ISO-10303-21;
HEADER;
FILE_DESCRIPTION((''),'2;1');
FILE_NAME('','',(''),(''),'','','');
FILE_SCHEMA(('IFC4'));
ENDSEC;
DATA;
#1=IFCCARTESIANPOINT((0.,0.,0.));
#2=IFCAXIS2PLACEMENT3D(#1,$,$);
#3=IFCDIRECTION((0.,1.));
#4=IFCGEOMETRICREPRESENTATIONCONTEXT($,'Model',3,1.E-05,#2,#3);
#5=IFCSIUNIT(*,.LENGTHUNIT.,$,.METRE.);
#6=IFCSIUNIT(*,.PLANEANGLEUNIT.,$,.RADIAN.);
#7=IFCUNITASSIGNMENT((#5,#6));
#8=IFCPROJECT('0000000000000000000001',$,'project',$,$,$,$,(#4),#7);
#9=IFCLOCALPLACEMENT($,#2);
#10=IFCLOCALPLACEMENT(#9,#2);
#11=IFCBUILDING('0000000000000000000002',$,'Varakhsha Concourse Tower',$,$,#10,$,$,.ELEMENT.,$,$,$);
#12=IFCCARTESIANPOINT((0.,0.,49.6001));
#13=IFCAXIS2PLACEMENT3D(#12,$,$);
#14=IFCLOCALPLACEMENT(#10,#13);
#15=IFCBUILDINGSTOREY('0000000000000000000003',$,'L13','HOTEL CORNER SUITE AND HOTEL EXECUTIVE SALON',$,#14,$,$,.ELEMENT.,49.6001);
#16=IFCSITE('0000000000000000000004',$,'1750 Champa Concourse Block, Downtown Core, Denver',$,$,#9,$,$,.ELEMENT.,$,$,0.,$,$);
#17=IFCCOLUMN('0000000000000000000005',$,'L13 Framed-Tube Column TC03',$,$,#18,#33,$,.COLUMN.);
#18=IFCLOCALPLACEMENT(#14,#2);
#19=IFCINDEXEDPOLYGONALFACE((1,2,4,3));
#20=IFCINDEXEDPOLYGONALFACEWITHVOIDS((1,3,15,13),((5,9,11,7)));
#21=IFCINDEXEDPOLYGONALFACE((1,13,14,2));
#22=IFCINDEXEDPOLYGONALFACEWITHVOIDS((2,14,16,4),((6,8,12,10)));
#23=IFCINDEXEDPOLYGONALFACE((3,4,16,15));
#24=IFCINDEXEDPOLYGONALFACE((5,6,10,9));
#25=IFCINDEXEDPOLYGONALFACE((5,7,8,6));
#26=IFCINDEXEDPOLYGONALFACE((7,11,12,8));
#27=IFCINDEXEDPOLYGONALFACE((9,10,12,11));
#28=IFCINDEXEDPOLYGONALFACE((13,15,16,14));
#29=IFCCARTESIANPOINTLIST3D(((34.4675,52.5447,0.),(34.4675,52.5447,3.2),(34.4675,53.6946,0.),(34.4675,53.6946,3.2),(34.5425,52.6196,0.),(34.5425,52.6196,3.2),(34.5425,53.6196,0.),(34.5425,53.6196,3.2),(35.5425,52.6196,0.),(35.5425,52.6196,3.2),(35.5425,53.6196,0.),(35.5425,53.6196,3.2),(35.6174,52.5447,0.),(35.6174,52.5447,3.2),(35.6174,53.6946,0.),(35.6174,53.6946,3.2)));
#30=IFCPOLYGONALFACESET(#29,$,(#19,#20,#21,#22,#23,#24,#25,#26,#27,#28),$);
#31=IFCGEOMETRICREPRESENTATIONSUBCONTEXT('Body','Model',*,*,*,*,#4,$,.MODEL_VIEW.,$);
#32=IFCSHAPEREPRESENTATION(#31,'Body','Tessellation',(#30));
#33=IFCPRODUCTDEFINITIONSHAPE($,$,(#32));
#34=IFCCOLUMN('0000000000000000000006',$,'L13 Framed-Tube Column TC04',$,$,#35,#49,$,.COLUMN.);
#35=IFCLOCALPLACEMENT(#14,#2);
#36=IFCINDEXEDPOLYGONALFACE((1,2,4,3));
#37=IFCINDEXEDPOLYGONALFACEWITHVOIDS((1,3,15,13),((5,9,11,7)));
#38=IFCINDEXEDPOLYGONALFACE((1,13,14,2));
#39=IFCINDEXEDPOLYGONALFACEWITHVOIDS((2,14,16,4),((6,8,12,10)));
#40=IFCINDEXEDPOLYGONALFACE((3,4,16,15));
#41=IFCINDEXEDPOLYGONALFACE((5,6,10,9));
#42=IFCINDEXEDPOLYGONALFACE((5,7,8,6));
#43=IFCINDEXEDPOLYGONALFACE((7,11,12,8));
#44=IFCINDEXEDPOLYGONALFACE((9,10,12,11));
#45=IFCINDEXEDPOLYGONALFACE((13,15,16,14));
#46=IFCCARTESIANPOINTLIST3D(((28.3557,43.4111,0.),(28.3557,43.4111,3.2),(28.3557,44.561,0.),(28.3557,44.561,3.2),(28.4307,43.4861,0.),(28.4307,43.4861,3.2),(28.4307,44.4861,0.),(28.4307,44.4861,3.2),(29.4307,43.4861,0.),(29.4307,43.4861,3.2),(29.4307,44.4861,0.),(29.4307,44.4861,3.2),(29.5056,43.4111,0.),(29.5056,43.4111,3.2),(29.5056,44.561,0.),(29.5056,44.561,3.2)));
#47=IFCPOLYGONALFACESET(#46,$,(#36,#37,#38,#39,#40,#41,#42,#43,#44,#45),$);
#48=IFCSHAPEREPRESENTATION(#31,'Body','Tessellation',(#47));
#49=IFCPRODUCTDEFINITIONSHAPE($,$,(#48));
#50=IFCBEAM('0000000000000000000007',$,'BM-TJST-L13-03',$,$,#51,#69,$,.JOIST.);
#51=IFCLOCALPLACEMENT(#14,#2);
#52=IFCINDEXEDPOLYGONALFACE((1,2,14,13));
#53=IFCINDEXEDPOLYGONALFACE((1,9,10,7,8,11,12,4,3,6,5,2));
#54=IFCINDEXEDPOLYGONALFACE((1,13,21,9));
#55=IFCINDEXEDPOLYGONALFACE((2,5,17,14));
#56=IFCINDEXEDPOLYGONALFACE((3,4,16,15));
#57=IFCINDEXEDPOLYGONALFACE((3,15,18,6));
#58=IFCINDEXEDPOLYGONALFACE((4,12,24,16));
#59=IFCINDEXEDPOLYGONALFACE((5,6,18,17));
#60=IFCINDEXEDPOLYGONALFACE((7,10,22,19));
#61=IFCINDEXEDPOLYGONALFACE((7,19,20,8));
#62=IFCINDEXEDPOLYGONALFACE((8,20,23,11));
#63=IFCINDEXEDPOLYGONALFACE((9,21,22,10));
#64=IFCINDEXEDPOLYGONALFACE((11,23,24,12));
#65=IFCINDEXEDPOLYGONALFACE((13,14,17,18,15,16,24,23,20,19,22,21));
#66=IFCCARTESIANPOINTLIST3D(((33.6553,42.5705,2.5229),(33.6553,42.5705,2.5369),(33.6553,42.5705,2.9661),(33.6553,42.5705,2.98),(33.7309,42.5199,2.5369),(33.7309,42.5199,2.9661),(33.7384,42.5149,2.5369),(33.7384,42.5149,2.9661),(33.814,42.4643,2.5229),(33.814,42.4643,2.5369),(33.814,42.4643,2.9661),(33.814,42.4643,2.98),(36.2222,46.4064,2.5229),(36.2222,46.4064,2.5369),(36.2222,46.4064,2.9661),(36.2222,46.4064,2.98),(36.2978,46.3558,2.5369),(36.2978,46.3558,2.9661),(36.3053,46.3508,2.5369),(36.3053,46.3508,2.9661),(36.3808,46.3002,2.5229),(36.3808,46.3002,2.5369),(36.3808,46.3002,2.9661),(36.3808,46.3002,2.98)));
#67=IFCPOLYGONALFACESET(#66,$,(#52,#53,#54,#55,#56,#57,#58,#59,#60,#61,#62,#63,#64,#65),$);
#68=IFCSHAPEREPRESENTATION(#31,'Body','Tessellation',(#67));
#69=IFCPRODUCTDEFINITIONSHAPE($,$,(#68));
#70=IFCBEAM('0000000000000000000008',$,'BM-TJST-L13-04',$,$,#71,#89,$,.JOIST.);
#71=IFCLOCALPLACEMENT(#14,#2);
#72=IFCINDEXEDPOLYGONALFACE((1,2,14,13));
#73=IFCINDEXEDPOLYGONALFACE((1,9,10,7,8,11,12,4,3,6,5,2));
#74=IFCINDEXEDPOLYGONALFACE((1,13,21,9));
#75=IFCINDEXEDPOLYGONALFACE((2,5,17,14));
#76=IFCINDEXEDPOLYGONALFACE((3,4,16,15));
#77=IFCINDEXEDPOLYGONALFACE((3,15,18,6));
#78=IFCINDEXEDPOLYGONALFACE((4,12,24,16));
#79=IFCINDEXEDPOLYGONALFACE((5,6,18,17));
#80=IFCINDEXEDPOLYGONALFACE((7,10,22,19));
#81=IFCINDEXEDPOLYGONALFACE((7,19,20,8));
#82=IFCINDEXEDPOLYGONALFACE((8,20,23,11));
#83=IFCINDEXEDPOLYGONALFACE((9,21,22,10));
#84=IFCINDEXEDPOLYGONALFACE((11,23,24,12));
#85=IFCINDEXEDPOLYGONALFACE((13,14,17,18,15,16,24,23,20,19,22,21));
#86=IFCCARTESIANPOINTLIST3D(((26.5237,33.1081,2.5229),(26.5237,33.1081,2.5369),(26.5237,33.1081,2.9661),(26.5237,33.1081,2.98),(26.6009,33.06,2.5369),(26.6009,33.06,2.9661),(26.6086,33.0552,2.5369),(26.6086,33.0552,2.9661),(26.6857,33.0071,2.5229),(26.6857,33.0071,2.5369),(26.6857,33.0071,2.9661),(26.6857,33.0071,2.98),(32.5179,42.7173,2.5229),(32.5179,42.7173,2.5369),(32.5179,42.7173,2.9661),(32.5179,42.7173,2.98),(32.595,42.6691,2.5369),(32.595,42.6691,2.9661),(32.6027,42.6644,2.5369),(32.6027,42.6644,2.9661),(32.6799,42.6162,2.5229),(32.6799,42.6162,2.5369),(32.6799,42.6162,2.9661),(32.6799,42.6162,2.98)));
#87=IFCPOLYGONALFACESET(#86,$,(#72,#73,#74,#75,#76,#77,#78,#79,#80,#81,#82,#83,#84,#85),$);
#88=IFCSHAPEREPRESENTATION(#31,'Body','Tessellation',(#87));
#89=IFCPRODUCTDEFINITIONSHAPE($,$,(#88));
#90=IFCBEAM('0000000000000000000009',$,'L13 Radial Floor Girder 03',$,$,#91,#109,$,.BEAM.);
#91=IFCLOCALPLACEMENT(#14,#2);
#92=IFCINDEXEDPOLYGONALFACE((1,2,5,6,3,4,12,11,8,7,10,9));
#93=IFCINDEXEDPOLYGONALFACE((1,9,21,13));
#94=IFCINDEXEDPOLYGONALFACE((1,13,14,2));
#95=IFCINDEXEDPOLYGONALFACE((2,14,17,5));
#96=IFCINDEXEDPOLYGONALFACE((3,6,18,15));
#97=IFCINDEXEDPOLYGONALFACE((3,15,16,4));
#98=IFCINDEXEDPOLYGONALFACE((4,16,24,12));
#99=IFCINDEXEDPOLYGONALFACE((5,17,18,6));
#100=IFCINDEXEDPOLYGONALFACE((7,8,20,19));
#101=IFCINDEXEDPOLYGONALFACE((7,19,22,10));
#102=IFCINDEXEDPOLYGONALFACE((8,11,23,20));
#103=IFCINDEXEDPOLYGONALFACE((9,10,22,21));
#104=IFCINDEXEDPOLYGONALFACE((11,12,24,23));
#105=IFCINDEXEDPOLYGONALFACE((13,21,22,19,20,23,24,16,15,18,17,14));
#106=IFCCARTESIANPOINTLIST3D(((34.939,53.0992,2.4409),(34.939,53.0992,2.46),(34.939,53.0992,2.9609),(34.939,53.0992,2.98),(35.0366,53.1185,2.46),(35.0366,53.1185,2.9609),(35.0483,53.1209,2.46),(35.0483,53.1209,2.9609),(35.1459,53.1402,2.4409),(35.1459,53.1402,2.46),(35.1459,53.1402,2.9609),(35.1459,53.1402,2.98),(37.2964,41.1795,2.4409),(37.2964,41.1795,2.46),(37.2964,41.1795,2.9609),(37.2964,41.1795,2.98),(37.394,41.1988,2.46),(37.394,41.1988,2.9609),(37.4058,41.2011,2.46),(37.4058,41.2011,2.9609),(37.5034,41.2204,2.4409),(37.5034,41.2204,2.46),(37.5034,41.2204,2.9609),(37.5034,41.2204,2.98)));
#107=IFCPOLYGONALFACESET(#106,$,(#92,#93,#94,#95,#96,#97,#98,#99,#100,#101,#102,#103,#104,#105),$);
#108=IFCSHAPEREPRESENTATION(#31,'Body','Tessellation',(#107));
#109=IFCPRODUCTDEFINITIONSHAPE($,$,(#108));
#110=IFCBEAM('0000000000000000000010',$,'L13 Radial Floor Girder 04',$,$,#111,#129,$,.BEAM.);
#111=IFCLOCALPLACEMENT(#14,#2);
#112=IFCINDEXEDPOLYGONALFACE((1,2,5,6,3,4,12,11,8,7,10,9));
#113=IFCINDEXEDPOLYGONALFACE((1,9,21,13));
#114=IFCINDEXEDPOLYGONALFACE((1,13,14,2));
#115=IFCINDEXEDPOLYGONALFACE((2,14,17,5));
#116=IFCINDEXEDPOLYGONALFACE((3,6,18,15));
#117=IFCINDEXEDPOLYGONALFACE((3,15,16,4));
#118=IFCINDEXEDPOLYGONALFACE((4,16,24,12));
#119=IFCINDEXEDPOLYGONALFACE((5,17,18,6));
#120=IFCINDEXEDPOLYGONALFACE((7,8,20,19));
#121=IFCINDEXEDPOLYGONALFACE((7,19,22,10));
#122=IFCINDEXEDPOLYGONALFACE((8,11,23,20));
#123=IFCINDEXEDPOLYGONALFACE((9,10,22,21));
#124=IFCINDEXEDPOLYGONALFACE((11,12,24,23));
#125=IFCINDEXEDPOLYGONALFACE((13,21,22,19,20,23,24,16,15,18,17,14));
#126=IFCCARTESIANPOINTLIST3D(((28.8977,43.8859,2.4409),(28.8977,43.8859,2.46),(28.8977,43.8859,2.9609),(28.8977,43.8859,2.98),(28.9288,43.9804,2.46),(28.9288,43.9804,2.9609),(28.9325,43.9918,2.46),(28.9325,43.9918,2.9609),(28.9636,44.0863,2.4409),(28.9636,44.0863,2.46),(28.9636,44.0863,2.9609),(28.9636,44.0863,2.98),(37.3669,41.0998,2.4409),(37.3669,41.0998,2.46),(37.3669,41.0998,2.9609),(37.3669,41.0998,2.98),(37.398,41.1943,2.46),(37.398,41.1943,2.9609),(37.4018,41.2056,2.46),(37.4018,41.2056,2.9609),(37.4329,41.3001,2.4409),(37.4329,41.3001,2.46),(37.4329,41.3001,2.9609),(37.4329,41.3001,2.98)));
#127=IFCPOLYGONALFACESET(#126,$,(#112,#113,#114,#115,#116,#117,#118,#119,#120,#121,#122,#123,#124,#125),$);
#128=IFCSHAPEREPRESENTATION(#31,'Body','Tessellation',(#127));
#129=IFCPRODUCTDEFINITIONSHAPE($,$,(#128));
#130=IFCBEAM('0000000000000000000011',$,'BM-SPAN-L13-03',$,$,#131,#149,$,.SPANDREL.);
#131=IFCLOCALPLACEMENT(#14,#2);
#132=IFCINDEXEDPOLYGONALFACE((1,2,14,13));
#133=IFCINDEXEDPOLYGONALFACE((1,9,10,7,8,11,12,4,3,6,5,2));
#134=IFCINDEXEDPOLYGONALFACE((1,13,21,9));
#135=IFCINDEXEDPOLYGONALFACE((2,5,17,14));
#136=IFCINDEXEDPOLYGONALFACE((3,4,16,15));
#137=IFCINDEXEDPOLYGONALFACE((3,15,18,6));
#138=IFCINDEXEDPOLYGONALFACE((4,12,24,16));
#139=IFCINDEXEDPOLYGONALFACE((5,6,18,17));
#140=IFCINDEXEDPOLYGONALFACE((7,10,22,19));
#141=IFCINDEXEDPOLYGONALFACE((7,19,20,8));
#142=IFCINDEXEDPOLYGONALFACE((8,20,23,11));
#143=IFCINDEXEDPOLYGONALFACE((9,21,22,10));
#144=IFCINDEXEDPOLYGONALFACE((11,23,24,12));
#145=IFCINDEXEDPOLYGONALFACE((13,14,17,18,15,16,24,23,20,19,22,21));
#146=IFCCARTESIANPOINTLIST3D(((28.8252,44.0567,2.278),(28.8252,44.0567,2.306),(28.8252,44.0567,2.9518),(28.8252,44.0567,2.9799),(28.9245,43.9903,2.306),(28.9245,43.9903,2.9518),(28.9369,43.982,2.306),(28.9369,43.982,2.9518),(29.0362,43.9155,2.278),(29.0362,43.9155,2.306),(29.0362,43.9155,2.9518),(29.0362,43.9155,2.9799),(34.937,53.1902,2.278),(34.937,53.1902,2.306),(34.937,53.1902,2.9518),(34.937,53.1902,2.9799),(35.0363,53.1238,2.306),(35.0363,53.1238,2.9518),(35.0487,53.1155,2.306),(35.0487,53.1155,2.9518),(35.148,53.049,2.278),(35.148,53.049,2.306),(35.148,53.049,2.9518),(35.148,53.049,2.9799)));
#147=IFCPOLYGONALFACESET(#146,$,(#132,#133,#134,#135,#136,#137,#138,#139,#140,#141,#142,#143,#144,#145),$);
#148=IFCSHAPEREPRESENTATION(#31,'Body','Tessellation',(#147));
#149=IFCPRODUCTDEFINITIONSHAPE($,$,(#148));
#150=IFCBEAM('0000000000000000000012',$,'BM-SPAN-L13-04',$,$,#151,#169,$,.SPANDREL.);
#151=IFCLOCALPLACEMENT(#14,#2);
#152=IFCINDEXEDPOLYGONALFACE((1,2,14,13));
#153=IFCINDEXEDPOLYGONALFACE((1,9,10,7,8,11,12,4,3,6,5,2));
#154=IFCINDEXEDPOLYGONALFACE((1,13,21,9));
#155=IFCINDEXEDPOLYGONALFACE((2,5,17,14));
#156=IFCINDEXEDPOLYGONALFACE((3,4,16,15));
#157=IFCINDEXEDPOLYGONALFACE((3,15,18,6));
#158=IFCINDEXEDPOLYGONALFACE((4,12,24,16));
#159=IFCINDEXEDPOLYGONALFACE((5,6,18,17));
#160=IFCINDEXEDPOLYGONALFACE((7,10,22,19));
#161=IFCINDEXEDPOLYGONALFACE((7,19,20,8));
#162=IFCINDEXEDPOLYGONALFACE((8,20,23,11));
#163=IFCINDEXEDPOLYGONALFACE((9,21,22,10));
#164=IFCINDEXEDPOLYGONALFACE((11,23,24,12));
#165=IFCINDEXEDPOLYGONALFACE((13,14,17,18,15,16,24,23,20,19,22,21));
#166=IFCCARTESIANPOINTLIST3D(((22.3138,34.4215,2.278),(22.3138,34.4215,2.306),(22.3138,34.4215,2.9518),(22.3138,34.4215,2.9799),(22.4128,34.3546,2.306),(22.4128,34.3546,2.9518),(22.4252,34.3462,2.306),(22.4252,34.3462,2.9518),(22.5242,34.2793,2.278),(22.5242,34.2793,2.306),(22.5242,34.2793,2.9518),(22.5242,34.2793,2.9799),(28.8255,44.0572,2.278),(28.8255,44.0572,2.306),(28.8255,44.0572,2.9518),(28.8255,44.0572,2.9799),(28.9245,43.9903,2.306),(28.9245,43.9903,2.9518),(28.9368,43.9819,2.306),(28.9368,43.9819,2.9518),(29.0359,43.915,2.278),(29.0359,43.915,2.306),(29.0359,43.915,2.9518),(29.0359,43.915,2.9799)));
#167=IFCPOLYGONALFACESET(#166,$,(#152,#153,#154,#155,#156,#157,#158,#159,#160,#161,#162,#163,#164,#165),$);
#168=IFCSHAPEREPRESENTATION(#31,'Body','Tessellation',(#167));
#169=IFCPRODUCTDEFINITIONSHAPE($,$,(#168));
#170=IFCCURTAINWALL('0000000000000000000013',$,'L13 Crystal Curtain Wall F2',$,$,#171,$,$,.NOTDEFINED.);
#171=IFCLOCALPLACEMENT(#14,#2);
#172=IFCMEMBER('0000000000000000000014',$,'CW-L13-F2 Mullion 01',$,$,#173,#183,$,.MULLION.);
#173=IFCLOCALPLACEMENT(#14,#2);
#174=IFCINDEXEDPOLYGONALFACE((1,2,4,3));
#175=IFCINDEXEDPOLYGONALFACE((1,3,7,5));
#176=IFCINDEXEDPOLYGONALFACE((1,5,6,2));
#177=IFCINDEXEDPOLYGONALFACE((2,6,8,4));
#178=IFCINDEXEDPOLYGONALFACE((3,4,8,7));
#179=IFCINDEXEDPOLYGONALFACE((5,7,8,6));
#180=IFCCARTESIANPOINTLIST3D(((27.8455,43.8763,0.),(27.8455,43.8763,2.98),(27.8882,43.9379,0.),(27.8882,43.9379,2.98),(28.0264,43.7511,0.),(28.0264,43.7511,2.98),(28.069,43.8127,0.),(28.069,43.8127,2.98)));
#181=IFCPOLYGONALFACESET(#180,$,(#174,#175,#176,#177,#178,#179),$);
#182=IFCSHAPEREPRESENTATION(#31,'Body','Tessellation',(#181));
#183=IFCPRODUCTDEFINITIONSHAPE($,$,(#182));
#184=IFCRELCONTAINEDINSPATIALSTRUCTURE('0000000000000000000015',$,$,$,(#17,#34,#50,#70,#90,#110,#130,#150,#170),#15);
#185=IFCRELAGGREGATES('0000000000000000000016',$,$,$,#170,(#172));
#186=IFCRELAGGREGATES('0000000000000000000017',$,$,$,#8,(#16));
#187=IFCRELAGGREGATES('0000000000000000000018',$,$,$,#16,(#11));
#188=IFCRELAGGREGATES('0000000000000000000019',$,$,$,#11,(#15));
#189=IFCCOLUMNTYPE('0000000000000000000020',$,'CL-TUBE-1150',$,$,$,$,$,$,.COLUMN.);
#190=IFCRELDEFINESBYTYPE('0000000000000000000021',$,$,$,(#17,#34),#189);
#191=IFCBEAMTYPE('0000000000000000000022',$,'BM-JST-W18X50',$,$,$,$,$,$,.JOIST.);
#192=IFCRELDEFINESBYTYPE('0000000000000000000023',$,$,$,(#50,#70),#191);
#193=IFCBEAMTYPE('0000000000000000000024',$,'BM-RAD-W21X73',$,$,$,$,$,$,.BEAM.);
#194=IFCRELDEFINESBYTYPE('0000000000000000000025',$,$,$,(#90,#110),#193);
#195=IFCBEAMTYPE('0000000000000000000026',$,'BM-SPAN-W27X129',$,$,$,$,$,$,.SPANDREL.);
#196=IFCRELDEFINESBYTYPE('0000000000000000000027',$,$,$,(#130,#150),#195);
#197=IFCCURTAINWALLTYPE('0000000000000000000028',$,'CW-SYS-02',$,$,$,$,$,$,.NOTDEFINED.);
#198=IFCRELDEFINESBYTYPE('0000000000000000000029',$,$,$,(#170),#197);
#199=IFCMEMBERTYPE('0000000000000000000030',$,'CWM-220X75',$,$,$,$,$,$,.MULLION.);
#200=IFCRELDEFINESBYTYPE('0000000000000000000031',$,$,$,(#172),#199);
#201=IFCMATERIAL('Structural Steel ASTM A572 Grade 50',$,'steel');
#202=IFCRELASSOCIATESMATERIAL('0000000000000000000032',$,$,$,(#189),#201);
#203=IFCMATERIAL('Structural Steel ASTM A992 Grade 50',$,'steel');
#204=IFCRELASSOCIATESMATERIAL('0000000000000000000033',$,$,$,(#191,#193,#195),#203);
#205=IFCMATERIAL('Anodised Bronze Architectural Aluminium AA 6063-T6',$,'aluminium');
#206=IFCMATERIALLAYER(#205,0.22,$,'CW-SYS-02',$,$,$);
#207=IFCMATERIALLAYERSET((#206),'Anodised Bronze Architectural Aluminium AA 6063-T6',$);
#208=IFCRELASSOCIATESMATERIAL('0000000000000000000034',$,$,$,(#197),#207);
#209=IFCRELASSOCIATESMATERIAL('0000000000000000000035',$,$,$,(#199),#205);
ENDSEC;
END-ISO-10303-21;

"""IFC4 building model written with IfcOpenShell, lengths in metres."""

from ifc_helpers import new_model, si_unit, direction, frame, origin, origin_2d, place, context, subcontext, project, spatial, rectangle, hollow_rectangle, i_section, extrude, source, transform, mapped, material, layer, layer_set, material_profile, profile_set, type_object, type_shapes, element, aggregate, save


model = new_model("IFC4")

# Units and contexts
model_context = context("Model", 3, precision=1e-05, world=origin(), true_north=direction((0.0, 1.0)))
body_context = subcontext(model_context, "Body", "Model", "MODEL_VIEW")
ifc_project = project(units=[si_unit("LENGTHUNIT", "METRE"), si_unit("PLANEANGLEUNIT", "RADIAN")], contexts=[model_context])

# Site, building, storey
site_placement = place(None, origin())
site = spatial("IfcSite", under=ifc_project, at=site_placement, Name="1750 Champa Concourse Block, Downtown Core, Denver", CompositionType="ELEMENT", RefElevation=0.0)
building_placement = place(site_placement, origin())
building = spatial("IfcBuilding", under=site, at=building_placement, Name="Varakhsha Concourse Tower", CompositionType="ELEMENT")
storey_placement = place(building_placement, frame((0.0, 0.0, 49.6001)))
storey = spatial("IfcBuildingStorey", under=building, at=storey_placement, Name="L13", Description="HOTEL CORNER SUITE AND HOTEL EXECUTIVE SALON", CompositionType="ELEMENT", Elevation=49.6001)

# Columns
ifc_material_1 = material(Name="Structural Steel ASTM A572 Grade 50", Category="steel")
ifc_material_profile_1 = material_profile(ifc_material_1, hollow_rectangle(XDim=1.1499, YDim=1.1499, WallThickness=0.075, at=origin_2d()), Name="BOX 1150x1150x75")
ifc_profile_set_1 = profile_set([ifc_material_profile_1], Name="Structural Steel ASTM A572 Grade 50")
column_type = type_object("IfcColumnType", Name="CL-TUBE-1150", PredefinedType="COLUMN", material=ifc_profile_set_1)
for number, where, z_axis, x_axis, name in (
    (1, (35.0425, 53.1196, 0.0), (0.0, 0.0, 1.0), (1.0, 0.0, 0.0), "L13 Framed-Tube Column TC03"),
    (2, (28.9307, 43.9861, 0.0), (0.0, 0.0, 1.0), (1.0, 0.0, 0.0), "L13 Framed-Tube Column TC04"),
):
    element("IfcColumn", number, at=place(storey_placement, frame(where, z_axis=z_axis, x_axis=x_axis)), inside=storey, type_object=column_type, Name=name, PredefinedType="COLUMN", context=body_context, shape_type="SweptSolid", body=[
        extrude(hollow_rectangle(XDim=1.1499, YDim=1.1499, WallThickness=0.075, at=origin_2d()), origin(), (0.0, 0.0, 1.0), 3.2),
    ])

# Beams
ifc_material_2 = material(Name="Structural Steel ASTM A992 Grade 50", Category="steel")
ifc_material_profile_2 = material_profile(ifc_material_2, i_section(OverallWidth=0.1909, OverallDepth=0.457, WebThickness=0.009, FlangeThickness=0.0139, at=origin_2d()), Name="W18X50")
ifc_profile_set_2 = profile_set([ifc_material_profile_2], Name="Structural Steel ASTM A992 Grade 50")
beam_type_1 = type_object("IfcBeamType", Name="BM-JST-W18X50", PredefinedType="JOIST", material=ifc_profile_set_2)
beam_1_placement = place(storey_placement, frame((36.3015, 46.3533, 2.7515), z_axis=(-0.55614, -0.831089, 0.0), x_axis=(0.831089, -0.55614, 0.0)))
element("IfcBeam", 3, at=beam_1_placement, inside=storey, type_object=beam_type_1, Name="BM-TJST-L13-03", PredefinedType="JOIST", context=body_context, shape_type="SweptSolid", body=[
    extrude(i_section(OverallWidth=0.1909, OverallDepth=0.457, WebThickness=0.009, FlangeThickness=0.0139, at=origin_2d()), origin(), (0.0, 0.0, 1.0), 4.6155),
])
beam_2_placement = place(storey_placement, frame((32.5989, 42.6667, 2.7515), z_axis=(-0.529264, -0.848457, 0.0), x_axis=(0.848457, -0.529264, 0.0)))
element("IfcBeam", 4, at=beam_2_placement, inside=storey, type_object=beam_type_1, Name="BM-TJST-L13-04", PredefinedType="JOIST", context=body_context, shape_type="SweptSolid", body=[
    extrude(i_section(OverallWidth=0.1909, OverallDepth=0.457, WebThickness=0.009, FlangeThickness=0.0139, at=origin_2d()), origin(), (0.0, 0.0, 1.0), 11.3254),
])
ifc_material_profile_3 = material_profile(ifc_material_2, i_section(OverallWidth=0.2109, OverallDepth=0.5391, WebThickness=0.012, FlangeThickness=0.019, at=origin_2d()), Name="W21X73")
ifc_profile_set_3 = profile_set([ifc_material_profile_3], Name="Structural Steel ASTM A992 Grade 50")
beam_type_2 = type_object("IfcBeamType", Name="BM-RAD-W21X73", PredefinedType="BEAM", material=ifc_profile_set_3)
beam_3_placement = place(storey_placement, frame((37.3999, 41.2, 2.7104), z_axis=(-0.194018, 0.980998, 0.0), x_axis=(-0.980998, -0.194018, 0.0)))
element("IfcBeam", 5, at=beam_3_placement, inside=storey, type_object=beam_type_2, Name="L13 Radial Floor Girder 03", PredefinedType="BEAM", context=body_context, shape_type="SweptSolid", body=[
    extrude(i_section(OverallWidth=0.2109, OverallDepth=0.5391, WebThickness=0.012, FlangeThickness=0.019, at=origin_2d()), origin(), (0.0, 0.0, 1.0), 12.1506),
])
beam_4_placement = place(storey_placement, frame((37.3999, 41.2, 2.7104), z_axis=(-0.949919, 0.312496, 0.0), x_axis=(-0.312496, -0.949919, 0.0)))
element("IfcBeam", 6, at=beam_4_placement, inside=storey, type_object=beam_type_2, Name="L13 Radial Floor Girder 04", PredefinedType="BEAM", context=body_context, shape_type="SweptSolid", body=[
    extrude(i_section(OverallWidth=0.2109, OverallDepth=0.5391, WebThickness=0.012, FlangeThickness=0.019, at=origin_2d()), origin(), (0.0, 0.0, 1.0), 8.9158),
])
ifc_material_profile_4 = material_profile(ifc_material_2, i_section(OverallWidth=0.2539, OverallDepth=0.7019, WebThickness=0.0149, FlangeThickness=0.0281, at=origin_2d()), Name="W27X129")
ifc_profile_set_4 = profile_set([ifc_material_profile_4], Name="Structural Steel ASTM A992 Grade 50")
beam_type_3 = type_object("IfcBeamType", Name="BM-SPAN-W27X129", PredefinedType="SPANDREL", material=ifc_profile_set_4)
beam_5_placement = place(storey_placement, frame((35.0425, 53.1196, 2.6289), z_axis=(-0.556135, -0.831092, 0.0), x_axis=(0.831092, -0.556135, 0.0)))
element("IfcBeam", 7, at=beam_5_placement, inside=storey, type_object=beam_type_3, Name="BM-SPAN-L13-03", PredefinedType="SPANDREL", context=body_context, shape_type="SweptSolid", body=[
    extrude(i_section(OverallWidth=0.2539, OverallDepth=0.7019, WebThickness=0.0149, FlangeThickness=0.0281, at=origin_2d()), origin(), (0.0, 0.0, 1.0), 10.9897),
])
beam_6_placement = place(storey_placement, frame((28.9307, 43.9861, 2.6289), z_axis=(-0.559921, -0.828546, 0.0), x_axis=(0.828546, -0.559921, 0.0)))
element("IfcBeam", 8, at=beam_6_placement, inside=storey, type_object=beam_type_3, Name="BM-SPAN-L13-04", PredefinedType="SPANDREL", context=body_context, shape_type="SweptSolid", body=[
    extrude(i_section(OverallWidth=0.2539, OverallDepth=0.7019, WebThickness=0.0149, FlangeThickness=0.0281, at=origin_2d()), origin(), (0.0, 0.0, 1.0), 11.6296),
])

# Curtain wall, member
ifc_material_3 = material(Name="Anodised Bronze Architectural Aluminium AA 6063-T6", Category="aluminium")
ifc_layer_1 = layer(ifc_material_3, 0.22, Name="CW-SYS-02")
ifc_layer_set_1 = layer_set([ifc_layer_1], Name="Anodised Bronze Architectural Aluminium AA 6063-T6")
curtain_wall_type = type_object("IfcCurtainWallType", Name="CW-SYS-02", PredefinedType="NOTDEFINED", material=ifc_layer_set_1)
curtain_wall_placement = place(storey_placement, origin())
curtain_wall = element("IfcCurtainWall", 9, at=curtain_wall_placement, inside=storey, type_object=curtain_wall_type, Name="L13 Crystal Curtain Wall F2", PredefinedType="NOTDEFINED")
ifc_material_profile_5 = material_profile(ifc_material_3, rectangle(XDim=0.075, YDim=0.22, at=origin_2d()), Name="CWM-220X75")
ifc_profile_set_5 = profile_set([ifc_material_profile_5], Name="Anodised Bronze Architectural Aluminium AA 6063-T6")
member_type = type_object("IfcMemberType", Name="CWM-220X75", PredefinedType="MULLION", material=ifc_profile_set_5)
shared_shape_1 = source(origin(), body_context, "Body", "SweptSolid", [
    extrude(rectangle(XDim=0.075, YDim=0.22, at=origin_2d()), origin(), (0.0, 0.0, 1.0), 2.98),
])
type_shapes(member_type, [shared_shape_1])
member_1_placement = place(storey_placement, frame((27.9573, 43.8445, 0.0), z_axis=(0.0, 0.0, 1.0), x_axis=(0.569057, 0.822298, 0.0)))
member_1 = element("IfcMember", 10, at=member_1_placement, type_object=member_type, Name="CW-L13-F2 Mullion 01", PredefinedType="MULLION", context=body_context, shape_type="MappedRepresentation", body=[
    mapped(shared_shape_1, transform((0.0, 0.0, 0.0), scale=1.0)),
])

aggregate(curtain_wall, [member_1])

save(model, "model.ifc")
